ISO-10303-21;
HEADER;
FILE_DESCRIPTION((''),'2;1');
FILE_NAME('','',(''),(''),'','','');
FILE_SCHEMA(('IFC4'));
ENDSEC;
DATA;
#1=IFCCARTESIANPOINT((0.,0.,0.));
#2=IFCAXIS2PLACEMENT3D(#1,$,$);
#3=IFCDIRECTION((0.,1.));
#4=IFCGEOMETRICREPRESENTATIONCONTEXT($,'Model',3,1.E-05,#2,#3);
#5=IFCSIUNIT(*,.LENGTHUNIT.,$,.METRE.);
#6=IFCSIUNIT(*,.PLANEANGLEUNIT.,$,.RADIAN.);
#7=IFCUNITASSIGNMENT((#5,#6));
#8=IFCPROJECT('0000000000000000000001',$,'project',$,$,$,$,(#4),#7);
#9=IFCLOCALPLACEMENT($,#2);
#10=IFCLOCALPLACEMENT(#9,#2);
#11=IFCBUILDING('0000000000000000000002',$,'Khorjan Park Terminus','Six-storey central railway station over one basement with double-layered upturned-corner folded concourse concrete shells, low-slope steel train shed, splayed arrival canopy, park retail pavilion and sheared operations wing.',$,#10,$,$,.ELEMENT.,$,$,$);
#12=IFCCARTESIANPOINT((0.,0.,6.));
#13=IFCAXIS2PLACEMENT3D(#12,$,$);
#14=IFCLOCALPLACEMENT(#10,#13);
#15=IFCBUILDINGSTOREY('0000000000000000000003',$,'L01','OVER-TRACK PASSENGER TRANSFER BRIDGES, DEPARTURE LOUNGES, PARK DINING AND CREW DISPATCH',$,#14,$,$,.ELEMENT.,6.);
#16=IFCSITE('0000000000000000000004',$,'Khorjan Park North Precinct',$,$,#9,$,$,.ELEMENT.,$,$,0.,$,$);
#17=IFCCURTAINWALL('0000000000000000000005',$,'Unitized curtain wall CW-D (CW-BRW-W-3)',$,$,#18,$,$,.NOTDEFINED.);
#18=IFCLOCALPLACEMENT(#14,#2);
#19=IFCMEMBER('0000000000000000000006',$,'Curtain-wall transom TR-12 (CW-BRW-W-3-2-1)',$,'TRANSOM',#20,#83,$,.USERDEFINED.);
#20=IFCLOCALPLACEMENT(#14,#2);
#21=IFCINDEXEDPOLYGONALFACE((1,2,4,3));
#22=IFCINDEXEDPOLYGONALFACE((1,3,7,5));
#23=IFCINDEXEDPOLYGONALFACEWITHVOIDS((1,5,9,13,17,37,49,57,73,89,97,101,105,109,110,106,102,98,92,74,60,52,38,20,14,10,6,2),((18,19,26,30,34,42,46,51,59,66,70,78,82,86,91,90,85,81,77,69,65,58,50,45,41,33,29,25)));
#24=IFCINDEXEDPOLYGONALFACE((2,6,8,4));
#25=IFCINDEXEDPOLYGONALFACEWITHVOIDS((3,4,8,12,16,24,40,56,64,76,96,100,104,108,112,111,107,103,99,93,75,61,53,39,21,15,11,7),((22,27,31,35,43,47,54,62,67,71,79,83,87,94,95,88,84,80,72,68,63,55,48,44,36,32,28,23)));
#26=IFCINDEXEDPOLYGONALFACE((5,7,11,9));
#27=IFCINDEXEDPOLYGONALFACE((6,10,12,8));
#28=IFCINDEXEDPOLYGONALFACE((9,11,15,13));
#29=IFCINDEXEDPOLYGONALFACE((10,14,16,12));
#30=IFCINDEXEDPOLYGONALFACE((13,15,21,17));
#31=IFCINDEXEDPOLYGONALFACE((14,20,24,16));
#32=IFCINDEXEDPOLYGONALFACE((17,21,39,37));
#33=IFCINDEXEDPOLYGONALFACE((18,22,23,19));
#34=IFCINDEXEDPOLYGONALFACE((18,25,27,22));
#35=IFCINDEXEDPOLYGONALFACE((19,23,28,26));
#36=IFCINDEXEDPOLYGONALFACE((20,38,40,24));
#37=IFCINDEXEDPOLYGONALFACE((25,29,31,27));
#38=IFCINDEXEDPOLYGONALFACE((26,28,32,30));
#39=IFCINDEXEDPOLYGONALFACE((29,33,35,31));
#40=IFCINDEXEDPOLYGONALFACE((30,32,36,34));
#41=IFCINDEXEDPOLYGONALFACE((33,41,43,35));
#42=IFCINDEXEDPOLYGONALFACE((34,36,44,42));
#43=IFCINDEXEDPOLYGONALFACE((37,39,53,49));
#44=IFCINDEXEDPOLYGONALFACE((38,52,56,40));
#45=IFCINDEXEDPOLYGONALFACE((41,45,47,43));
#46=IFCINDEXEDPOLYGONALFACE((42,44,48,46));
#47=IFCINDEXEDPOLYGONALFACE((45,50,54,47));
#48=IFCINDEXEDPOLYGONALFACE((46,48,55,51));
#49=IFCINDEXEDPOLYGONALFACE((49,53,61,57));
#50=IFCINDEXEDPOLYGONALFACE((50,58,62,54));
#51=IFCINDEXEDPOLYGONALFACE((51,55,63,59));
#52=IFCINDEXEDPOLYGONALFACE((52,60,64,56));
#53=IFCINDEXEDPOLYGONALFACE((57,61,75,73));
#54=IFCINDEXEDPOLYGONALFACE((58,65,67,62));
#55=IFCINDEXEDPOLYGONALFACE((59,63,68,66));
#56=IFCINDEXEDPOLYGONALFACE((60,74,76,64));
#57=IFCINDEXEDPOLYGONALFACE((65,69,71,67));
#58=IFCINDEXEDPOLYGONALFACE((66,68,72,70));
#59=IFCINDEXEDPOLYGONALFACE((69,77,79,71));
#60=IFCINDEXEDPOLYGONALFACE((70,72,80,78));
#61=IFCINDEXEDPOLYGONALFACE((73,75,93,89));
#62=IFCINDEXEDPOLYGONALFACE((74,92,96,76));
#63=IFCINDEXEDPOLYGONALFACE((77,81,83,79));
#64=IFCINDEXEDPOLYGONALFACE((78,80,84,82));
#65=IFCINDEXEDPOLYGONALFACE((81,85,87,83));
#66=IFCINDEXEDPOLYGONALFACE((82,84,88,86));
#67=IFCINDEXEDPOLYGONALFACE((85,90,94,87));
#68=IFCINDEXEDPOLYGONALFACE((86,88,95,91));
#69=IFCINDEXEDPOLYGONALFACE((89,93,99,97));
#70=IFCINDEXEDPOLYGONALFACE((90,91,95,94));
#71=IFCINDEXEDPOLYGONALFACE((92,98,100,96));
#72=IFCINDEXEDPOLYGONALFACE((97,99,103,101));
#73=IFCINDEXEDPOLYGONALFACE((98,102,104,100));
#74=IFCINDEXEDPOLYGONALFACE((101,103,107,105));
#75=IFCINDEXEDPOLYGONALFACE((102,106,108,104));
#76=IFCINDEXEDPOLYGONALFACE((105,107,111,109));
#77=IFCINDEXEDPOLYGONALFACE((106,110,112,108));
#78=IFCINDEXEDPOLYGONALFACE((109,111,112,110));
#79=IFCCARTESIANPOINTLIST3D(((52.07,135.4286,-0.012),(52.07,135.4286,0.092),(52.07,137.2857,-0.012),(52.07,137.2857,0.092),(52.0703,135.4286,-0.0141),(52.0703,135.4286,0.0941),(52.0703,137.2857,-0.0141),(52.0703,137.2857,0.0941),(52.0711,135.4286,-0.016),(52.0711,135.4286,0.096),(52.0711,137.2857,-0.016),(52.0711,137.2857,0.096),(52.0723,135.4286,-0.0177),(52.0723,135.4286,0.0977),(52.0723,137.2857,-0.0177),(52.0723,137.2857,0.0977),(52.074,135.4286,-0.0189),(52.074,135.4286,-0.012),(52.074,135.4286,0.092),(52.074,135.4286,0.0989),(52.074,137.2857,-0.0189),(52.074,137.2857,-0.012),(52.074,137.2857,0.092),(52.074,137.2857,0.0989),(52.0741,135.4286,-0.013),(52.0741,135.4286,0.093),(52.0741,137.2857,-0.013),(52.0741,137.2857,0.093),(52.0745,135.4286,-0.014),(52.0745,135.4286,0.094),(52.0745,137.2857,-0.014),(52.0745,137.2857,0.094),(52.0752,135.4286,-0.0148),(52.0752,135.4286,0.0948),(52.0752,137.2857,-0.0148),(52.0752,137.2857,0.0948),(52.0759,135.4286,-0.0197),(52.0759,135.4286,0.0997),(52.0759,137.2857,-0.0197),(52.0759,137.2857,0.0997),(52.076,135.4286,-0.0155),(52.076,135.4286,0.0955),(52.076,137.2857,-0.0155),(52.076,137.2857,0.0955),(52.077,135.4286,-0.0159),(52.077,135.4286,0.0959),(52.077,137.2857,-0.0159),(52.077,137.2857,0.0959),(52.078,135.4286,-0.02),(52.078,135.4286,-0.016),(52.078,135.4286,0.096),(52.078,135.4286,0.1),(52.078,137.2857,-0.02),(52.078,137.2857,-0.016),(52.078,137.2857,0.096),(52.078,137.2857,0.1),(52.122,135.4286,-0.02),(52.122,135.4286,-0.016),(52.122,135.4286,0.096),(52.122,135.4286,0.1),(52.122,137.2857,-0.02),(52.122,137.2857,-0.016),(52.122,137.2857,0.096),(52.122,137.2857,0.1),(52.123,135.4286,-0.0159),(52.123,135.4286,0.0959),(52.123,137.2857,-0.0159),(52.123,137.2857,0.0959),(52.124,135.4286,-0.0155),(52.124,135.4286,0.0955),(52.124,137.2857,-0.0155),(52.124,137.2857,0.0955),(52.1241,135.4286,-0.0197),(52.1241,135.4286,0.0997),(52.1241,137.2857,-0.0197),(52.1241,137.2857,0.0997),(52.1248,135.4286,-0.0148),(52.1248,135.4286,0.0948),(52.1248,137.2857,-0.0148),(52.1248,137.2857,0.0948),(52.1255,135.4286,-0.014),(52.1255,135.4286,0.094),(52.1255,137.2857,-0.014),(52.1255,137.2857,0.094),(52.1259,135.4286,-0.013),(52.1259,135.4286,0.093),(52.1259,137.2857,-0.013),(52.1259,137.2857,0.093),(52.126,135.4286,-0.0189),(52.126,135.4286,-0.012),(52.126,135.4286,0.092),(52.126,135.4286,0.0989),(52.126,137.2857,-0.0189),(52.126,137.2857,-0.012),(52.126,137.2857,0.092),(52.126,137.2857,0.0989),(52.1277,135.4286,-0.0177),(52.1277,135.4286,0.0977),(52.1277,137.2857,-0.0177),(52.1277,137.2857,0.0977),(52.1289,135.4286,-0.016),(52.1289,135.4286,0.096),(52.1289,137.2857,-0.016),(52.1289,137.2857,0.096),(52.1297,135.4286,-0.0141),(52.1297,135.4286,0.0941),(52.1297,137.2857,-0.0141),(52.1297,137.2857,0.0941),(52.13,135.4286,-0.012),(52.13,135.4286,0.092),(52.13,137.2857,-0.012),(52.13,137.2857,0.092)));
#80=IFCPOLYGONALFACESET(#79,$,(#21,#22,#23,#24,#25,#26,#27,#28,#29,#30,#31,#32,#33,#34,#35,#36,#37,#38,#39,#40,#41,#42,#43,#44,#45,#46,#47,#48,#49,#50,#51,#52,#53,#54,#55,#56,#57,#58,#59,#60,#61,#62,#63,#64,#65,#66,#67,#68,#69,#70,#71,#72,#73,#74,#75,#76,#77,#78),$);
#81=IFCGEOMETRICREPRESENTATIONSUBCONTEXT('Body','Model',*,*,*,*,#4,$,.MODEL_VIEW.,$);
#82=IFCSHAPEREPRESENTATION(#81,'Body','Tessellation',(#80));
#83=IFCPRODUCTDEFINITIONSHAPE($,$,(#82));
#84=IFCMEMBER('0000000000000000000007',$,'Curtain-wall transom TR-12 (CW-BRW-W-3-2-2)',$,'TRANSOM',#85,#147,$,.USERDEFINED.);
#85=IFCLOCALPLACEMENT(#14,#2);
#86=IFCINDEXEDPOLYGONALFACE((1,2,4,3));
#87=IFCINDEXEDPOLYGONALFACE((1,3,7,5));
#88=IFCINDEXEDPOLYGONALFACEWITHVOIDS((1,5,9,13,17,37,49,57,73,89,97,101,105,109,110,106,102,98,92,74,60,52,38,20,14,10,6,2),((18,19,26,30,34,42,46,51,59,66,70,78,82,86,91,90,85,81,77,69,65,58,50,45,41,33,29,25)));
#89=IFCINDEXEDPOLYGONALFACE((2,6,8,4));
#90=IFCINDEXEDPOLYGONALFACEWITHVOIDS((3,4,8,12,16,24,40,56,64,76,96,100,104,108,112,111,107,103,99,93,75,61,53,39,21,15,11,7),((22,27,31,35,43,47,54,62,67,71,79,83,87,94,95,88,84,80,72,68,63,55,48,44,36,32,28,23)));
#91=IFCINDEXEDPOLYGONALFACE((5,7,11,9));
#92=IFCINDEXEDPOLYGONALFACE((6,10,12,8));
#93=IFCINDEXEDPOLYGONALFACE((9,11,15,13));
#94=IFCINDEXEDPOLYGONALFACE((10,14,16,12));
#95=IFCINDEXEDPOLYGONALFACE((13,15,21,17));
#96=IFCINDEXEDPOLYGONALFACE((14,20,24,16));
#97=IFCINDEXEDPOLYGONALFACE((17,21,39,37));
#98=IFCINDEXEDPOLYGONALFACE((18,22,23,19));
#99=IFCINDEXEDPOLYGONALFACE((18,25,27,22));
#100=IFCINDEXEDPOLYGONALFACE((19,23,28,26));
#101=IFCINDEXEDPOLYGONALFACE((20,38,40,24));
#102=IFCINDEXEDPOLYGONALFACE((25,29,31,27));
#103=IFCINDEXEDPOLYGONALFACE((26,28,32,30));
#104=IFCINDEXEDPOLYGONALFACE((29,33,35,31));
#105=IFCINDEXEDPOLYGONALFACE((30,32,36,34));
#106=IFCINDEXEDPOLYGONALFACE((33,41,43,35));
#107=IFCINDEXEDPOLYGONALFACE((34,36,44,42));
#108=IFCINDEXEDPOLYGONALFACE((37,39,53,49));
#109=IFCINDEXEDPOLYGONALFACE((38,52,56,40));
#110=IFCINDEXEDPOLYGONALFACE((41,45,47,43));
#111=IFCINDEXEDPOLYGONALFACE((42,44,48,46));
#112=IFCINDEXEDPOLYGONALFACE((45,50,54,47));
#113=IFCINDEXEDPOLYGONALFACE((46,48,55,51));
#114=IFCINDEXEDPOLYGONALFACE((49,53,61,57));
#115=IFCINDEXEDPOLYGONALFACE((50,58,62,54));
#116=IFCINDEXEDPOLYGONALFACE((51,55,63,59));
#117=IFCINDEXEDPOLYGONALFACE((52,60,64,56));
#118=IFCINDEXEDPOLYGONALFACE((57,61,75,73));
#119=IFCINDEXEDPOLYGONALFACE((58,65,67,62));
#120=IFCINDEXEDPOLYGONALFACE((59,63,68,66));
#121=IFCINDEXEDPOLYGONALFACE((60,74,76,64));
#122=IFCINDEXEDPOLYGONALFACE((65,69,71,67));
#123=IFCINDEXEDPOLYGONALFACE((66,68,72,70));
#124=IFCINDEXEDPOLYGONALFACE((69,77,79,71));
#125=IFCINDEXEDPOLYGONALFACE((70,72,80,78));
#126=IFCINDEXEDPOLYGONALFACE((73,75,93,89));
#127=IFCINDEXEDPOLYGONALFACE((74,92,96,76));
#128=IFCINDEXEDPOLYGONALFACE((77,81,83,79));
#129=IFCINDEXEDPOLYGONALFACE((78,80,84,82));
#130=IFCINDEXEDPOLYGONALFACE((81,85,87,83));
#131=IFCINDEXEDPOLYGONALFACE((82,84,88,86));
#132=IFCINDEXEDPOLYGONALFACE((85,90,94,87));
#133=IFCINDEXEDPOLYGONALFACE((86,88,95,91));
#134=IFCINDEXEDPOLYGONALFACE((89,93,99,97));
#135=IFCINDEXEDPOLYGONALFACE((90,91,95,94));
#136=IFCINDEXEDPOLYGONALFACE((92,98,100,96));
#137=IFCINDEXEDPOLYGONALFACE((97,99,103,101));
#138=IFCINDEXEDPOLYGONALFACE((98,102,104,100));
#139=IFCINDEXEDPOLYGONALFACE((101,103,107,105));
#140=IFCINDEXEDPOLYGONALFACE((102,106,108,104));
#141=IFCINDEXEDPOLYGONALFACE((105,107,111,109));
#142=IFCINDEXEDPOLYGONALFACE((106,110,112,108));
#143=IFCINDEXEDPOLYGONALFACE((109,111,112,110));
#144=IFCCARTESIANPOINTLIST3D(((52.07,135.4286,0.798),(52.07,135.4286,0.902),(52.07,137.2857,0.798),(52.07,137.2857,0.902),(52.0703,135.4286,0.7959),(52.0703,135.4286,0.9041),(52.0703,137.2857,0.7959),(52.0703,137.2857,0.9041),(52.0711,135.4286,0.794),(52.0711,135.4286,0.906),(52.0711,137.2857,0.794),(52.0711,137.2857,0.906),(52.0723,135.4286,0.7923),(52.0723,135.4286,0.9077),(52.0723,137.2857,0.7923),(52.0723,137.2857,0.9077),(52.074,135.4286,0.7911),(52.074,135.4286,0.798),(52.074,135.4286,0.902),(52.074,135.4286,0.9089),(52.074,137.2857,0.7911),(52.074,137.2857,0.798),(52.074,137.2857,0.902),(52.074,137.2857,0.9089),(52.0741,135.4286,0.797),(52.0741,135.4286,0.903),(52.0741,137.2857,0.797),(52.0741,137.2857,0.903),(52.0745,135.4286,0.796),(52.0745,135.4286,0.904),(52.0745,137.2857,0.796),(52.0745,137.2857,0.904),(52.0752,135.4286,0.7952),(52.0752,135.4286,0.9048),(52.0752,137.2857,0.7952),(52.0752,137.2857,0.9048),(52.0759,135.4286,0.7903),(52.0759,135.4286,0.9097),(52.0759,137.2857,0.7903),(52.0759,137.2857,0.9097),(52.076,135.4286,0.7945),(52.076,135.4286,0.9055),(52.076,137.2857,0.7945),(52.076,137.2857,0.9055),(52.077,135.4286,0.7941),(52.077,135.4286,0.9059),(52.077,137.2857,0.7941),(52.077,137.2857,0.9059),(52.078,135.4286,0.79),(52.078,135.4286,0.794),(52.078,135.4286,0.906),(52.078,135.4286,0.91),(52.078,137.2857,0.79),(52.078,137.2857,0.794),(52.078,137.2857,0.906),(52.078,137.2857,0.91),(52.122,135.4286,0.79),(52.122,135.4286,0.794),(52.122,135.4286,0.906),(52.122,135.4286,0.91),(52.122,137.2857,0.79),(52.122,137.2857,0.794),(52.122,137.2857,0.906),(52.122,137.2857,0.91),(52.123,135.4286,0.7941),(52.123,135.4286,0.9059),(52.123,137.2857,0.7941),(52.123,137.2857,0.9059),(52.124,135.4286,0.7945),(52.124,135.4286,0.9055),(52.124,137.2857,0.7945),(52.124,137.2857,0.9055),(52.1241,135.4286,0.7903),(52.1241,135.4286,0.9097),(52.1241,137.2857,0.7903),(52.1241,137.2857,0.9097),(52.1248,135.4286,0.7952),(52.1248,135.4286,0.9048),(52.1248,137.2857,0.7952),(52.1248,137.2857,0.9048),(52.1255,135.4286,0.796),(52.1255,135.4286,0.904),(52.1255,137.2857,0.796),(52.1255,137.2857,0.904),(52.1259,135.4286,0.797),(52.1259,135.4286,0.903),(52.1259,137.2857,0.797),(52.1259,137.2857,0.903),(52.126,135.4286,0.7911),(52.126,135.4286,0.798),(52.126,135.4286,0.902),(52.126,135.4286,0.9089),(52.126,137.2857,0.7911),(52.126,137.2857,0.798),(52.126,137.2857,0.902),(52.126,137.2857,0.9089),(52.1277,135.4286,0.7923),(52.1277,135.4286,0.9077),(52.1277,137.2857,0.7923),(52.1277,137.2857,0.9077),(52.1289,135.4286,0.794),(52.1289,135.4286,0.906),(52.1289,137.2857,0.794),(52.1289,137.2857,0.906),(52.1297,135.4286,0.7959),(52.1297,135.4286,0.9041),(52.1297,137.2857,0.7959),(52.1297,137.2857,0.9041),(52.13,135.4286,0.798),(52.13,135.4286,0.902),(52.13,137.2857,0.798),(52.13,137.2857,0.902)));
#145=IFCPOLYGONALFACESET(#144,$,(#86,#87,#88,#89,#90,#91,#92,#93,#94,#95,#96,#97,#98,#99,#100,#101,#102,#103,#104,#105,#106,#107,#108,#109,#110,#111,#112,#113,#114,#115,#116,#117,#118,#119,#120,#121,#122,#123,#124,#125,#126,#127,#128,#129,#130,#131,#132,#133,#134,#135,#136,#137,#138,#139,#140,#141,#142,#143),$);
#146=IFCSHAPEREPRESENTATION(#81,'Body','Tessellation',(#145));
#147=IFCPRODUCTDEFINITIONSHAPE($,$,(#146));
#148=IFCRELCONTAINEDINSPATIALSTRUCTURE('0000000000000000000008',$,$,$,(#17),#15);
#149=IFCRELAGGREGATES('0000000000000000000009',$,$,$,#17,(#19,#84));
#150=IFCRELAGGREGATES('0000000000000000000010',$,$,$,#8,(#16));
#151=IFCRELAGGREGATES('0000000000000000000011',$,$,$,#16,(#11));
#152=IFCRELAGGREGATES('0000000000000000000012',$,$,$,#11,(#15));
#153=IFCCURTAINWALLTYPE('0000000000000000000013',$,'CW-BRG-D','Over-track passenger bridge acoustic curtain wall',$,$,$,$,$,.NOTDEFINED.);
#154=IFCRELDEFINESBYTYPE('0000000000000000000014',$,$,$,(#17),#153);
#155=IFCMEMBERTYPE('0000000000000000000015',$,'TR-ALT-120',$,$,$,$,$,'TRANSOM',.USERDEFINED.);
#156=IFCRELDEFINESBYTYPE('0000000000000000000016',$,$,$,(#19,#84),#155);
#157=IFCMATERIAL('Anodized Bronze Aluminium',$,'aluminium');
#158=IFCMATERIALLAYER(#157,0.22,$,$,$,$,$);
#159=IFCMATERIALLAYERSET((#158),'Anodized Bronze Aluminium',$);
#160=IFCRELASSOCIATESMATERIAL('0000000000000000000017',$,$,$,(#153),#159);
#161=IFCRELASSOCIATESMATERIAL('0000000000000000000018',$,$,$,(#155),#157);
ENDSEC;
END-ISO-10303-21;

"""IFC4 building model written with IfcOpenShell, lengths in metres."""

from ifc_helpers import new_model, si_unit, direction, frame, origin, origin_2d, place, context, subcontext, project, spatial, hollow_rectangle, extrude, material, layer, layer_set, material_profile, profile_set, type_object, element, aggregate, save


model = new_model("IFC4")

# Units and contexts
model_context = context("Model", 3, precision=1e-05, world=origin(), true_north=direction((0.0, 1.0)))
body_context = subcontext(model_context, "Body", "Model", "MODEL_VIEW")
ifc_project = project(units=[si_unit("LENGTHUNIT", "METRE"), si_unit("PLANEANGLEUNIT", "RADIAN")], contexts=[model_context])

# Site, building, storey
site_placement = place(None, origin())
site = spatial("IfcSite", under=ifc_project, at=site_placement, Name="Khorjan Park North Precinct", CompositionType="ELEMENT", RefElevation=0.0)
building_placement = place(site_placement, origin())
building = spatial("IfcBuilding", under=site, at=building_placement, Name="Khorjan Park Terminus", Description="Six-storey central railway station over one basement with double-layered upturned-corner folded concourse concrete shells, low-slope steel train shed, splayed arrival canopy, park retail pavilion and sheared operations wing.", CompositionType="ELEMENT")
storey_placement = place(building_placement, frame((0.0, 0.0, 6.0)))
storey = spatial("IfcBuildingStorey", under=building, at=storey_placement, Name="L01", Description="OVER-TRACK PASSENGER TRANSFER BRIDGES, DEPARTURE LOUNGES, PARK DINING AND CREW DISPATCH", CompositionType="ELEMENT", Elevation=6.0)

# Curtain wall, members
ifc_material_1 = material(Name="Anodized Bronze Aluminium", Category="aluminium")
ifc_layer_1 = layer(ifc_material_1, 0.22)
ifc_layer_set_1 = layer_set([ifc_layer_1], Name="Anodized Bronze Aluminium")
curtain_wall_type = type_object("IfcCurtainWallType", Name="CW-BRG-D", Description="Over-track passenger bridge acoustic curtain wall", PredefinedType="NOTDEFINED", material=ifc_layer_set_1)
curtain_wall_placement = place(storey_placement, origin())
curtain_wall = element("IfcCurtainWall", 1, at=curtain_wall_placement, inside=storey, type_object=curtain_wall_type, Name="Unitized curtain wall CW-D (CW-BRW-W-3)", PredefinedType="NOTDEFINED")
ifc_material_profile_1 = material_profile(ifc_material_1, hollow_rectangle(XDim=0.06, YDim=0.12, WallThickness=0.004, InnerFilletRadius=0.004, OuterFilletRadius=0.008, at=origin_2d()), Name="ALT 60x120x4")
ifc_profile_set_1 = profile_set([ifc_material_profile_1], Name="Anodized Bronze Aluminium")
member_type_1 = type_object("IfcMemberType", Name="TR-ALT-120", ElementType="TRANSOM", PredefinedType="USERDEFINED", material=ifc_profile_set_1)
member_1_placement = place(storey_placement, frame((52.1, 137.2857, 0.04), z_axis=(0.0, -1.0, 0.0), x_axis=(1.0, 0.0, 0.0)))
member_1 = element("IfcMember", 2, at=member_1_placement, type_object=member_type_1, Name="Curtain-wall transom TR-12 (CW-BRW-W-3-2-1)", ObjectType="TRANSOM", PredefinedType="USERDEFINED", context=body_context, shape_type="SweptSolid", body=[
    extrude(hollow_rectangle(XDim=0.06, YDim=0.12, WallThickness=0.004, InnerFilletRadius=0.004, OuterFilletRadius=0.008, at=origin_2d()), origin(), (0.0, 0.0, 1.0), 1.8571),
])
member_2_placement = place(storey_placement, frame((52.1, 137.2857, 0.85), z_axis=(0.0, -1.0, 0.0), x_axis=(1.0, 0.0, 0.0)))
member_2 = element("IfcMember", 3, at=member_2_placement, type_object=member_type_1, Name="Curtain-wall transom TR-12 (CW-BRW-W-3-2-2)", ObjectType="TRANSOM", PredefinedType="USERDEFINED", context=body_context, shape_type="SweptSolid", body=[
    extrude(hollow_rectangle(XDim=0.06, YDim=0.12, WallThickness=0.004, InnerFilletRadius=0.004, OuterFilletRadius=0.008, at=origin_2d()), origin(), (0.0, 0.0, 1.0), 1.8571),
])
aggregate(curtain_wall, [member_1, member_2])

save(model, "model.ifc")
